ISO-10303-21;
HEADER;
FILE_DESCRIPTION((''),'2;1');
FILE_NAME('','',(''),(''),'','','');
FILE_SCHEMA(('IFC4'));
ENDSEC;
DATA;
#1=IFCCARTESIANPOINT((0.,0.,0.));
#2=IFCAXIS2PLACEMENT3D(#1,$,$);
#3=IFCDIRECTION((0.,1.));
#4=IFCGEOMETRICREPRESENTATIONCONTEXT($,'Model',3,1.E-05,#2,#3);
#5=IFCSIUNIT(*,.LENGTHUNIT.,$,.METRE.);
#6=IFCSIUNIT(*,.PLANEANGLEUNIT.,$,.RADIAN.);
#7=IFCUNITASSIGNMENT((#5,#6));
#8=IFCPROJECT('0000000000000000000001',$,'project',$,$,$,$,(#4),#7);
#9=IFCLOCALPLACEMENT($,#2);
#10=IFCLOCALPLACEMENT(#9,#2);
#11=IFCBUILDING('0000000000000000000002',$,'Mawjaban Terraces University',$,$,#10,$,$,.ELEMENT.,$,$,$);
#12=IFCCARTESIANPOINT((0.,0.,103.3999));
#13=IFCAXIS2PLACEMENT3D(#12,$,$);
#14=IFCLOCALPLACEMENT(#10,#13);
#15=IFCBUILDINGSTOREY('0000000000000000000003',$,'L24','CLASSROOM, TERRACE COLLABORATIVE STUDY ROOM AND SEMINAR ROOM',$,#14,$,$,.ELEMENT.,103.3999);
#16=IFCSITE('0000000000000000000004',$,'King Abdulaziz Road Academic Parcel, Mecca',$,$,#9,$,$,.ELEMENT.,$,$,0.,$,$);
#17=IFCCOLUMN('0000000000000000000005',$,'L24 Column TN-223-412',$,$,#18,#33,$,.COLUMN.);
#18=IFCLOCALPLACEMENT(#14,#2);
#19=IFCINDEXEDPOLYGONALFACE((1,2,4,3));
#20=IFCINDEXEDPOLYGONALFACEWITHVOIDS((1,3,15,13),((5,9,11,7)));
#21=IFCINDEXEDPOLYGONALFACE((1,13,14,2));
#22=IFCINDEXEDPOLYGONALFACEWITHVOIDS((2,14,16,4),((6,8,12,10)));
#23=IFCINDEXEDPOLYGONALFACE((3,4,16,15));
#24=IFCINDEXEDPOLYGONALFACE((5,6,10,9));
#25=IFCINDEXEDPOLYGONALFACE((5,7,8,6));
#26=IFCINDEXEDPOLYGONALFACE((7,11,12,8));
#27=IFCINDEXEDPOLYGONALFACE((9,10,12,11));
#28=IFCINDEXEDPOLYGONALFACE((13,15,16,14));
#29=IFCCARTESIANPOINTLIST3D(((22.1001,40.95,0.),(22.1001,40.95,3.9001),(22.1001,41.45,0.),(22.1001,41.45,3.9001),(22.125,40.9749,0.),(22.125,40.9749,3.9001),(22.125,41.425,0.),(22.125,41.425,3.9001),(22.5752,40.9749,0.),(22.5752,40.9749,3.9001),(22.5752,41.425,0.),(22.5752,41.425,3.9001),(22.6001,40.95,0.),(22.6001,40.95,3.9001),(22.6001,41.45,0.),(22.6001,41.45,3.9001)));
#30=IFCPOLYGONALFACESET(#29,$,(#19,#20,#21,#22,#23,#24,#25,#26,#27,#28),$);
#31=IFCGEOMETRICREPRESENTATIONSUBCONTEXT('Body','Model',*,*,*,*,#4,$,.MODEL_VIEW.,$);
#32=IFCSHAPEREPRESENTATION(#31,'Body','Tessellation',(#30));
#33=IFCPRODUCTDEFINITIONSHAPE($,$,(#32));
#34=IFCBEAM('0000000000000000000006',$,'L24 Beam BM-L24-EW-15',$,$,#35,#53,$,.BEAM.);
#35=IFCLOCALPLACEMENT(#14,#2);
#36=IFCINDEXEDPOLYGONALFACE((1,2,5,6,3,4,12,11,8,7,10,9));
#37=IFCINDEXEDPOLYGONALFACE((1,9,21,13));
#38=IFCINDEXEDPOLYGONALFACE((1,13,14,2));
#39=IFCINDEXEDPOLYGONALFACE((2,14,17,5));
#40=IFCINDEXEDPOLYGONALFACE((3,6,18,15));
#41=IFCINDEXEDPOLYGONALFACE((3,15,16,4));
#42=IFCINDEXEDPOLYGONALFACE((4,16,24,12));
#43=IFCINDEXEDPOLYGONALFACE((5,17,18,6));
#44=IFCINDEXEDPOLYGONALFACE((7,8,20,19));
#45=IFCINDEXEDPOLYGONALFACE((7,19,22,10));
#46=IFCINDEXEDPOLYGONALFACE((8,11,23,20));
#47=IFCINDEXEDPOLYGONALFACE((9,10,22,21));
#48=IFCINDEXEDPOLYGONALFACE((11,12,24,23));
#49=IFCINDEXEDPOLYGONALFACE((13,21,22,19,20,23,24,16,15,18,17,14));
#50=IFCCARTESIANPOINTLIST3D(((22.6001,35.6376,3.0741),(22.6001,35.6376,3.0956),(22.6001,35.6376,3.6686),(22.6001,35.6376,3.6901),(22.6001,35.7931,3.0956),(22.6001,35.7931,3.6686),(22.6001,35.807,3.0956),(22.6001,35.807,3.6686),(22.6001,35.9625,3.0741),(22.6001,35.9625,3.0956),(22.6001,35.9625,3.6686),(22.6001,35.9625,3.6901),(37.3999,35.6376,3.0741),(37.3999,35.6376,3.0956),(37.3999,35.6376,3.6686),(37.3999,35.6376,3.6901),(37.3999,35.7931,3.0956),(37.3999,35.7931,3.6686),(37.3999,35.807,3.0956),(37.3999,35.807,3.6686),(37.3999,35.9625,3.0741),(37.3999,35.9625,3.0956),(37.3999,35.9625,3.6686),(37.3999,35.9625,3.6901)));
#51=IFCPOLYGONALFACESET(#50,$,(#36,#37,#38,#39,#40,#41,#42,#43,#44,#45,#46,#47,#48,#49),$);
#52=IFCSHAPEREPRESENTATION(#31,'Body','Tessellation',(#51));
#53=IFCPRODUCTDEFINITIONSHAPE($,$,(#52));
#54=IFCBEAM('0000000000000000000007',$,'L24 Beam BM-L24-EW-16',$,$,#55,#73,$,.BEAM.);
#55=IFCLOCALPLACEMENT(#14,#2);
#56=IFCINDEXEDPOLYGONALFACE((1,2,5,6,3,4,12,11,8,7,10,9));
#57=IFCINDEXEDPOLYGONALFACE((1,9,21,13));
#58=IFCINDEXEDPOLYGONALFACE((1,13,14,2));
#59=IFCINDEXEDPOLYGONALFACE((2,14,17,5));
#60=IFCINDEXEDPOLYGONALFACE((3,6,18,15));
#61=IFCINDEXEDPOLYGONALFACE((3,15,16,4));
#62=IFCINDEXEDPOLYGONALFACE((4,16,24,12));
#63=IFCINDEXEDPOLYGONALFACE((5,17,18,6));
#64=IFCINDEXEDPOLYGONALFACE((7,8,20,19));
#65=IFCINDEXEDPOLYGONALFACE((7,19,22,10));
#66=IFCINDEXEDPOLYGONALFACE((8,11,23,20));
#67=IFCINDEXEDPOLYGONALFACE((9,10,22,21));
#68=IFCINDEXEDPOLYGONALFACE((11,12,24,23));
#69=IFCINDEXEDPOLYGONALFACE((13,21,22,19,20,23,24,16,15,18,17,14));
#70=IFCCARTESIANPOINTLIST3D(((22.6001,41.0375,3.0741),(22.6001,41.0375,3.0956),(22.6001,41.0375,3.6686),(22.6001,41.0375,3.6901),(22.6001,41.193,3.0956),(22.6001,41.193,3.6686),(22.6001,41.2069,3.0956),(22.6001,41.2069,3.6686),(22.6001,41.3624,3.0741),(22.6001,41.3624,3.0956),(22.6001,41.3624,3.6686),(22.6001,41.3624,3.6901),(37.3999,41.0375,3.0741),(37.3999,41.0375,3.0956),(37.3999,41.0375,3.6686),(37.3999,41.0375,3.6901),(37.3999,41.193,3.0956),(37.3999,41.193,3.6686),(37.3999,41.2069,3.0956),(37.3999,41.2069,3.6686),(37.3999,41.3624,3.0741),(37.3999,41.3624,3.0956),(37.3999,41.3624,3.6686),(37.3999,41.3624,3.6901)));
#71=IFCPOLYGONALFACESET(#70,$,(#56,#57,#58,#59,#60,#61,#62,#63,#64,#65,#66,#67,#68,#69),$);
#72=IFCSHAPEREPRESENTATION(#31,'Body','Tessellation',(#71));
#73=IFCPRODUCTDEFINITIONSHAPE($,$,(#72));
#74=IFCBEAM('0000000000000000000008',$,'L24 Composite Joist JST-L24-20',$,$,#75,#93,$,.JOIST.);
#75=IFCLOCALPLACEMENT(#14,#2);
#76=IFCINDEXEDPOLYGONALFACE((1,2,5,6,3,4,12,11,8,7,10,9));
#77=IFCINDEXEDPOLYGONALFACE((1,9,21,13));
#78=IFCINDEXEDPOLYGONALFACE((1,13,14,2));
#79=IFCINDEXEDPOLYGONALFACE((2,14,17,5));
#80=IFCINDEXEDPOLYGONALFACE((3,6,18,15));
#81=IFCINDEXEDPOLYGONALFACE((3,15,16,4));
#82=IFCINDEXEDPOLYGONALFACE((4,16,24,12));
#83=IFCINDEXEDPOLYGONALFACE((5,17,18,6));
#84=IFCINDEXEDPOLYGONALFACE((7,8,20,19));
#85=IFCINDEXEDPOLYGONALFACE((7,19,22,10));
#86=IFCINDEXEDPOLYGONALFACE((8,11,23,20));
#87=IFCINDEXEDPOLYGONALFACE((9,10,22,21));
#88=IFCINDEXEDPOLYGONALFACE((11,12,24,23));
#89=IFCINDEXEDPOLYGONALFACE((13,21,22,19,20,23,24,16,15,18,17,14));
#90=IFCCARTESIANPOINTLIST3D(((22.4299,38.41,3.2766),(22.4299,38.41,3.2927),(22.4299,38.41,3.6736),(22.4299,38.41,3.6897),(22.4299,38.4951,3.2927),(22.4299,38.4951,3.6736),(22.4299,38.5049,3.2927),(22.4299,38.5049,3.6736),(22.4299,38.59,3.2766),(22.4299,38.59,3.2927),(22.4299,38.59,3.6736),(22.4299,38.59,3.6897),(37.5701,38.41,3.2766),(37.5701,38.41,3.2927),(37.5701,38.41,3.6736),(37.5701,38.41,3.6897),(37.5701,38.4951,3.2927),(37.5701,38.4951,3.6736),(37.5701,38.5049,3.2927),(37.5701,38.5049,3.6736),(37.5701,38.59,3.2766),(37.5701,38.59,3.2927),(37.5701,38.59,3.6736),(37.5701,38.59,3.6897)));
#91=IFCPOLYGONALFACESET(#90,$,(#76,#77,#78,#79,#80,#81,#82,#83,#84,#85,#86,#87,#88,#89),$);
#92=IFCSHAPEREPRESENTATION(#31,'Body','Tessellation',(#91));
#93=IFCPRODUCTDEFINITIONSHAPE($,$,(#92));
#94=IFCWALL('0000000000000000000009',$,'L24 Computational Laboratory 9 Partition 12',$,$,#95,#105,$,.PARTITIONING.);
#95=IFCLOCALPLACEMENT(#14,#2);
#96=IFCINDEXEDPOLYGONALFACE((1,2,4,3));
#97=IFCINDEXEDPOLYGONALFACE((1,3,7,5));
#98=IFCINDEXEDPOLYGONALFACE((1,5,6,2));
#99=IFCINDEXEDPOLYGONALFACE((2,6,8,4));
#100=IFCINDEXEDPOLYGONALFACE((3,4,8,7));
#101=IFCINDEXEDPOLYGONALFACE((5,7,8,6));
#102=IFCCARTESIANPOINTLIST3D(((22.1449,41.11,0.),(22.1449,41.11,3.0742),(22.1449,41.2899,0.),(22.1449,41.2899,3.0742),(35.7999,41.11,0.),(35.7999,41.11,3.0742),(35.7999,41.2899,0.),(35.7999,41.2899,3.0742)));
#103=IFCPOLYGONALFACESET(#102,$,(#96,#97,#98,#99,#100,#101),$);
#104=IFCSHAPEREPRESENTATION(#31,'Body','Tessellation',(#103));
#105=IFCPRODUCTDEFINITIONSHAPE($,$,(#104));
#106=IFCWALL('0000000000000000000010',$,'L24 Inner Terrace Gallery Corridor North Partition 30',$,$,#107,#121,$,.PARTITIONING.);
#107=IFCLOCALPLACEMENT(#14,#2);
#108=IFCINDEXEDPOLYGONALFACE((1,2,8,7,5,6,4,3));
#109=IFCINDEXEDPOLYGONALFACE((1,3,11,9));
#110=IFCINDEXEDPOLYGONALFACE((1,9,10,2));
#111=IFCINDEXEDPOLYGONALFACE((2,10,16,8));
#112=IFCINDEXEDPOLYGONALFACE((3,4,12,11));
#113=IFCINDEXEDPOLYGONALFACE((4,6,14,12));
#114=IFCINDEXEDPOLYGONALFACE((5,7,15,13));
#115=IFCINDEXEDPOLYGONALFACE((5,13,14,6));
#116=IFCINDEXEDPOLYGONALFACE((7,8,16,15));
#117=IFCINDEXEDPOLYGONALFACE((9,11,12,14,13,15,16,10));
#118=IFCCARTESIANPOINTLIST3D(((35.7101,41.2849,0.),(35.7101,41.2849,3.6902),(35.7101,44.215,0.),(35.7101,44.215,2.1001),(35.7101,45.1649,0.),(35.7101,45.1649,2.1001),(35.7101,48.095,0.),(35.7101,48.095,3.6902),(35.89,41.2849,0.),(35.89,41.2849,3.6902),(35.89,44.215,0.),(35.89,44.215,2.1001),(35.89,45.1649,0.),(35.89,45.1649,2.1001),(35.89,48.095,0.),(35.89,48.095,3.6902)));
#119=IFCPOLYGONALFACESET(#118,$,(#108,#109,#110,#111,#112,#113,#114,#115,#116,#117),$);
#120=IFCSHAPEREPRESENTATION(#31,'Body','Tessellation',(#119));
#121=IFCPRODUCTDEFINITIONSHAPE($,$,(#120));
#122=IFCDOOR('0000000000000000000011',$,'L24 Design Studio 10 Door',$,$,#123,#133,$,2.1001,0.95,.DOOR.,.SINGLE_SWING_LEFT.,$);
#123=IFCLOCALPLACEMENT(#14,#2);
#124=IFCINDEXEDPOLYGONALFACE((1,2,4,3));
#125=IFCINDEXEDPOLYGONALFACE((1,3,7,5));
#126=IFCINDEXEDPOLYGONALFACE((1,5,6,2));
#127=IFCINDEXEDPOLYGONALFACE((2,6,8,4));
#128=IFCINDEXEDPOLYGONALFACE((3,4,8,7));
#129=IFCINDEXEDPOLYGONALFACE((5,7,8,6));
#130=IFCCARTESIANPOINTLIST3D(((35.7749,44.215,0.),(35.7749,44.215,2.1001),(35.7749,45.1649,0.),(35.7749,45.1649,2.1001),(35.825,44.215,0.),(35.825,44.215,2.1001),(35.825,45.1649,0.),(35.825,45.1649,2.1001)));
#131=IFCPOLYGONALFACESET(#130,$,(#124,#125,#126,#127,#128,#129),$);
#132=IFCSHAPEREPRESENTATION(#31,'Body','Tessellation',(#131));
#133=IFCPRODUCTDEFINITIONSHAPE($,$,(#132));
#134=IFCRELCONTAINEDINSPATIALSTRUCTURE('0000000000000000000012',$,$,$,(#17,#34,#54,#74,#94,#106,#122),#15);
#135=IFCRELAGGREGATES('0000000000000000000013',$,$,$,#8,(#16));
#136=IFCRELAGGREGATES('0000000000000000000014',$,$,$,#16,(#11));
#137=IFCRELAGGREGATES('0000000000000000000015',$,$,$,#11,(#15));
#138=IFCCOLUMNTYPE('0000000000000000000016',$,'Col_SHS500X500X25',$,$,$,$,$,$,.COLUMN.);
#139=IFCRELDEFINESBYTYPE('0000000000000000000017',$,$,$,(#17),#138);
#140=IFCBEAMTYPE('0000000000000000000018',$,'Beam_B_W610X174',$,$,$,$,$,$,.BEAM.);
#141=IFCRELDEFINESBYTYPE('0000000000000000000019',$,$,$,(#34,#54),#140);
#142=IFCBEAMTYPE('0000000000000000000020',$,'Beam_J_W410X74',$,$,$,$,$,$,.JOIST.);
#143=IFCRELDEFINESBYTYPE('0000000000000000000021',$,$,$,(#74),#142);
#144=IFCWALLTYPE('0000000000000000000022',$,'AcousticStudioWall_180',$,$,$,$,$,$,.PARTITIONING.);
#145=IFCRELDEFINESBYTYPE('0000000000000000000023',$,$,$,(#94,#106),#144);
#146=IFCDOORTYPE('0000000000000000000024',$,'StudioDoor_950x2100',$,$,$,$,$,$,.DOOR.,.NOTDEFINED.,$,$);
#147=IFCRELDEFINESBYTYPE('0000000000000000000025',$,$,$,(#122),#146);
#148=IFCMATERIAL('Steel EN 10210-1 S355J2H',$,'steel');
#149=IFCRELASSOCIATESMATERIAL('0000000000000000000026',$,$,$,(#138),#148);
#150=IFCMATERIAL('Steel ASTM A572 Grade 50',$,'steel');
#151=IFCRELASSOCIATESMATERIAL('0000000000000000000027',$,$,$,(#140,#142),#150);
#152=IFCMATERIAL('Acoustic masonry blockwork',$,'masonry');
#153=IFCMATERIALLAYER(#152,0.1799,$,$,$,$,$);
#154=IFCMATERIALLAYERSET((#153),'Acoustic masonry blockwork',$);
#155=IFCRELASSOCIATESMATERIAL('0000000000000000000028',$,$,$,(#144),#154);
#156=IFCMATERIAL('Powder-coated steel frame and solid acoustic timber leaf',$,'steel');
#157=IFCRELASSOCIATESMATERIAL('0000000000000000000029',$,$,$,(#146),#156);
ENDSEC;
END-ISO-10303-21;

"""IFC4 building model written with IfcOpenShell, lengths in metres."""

from ifc_helpers import new_model, si_unit, direction, frame, frame_2d, origin, origin_2d, place, context, subcontext, project, spatial, rectangle, hollow_rectangle, i_section, extrude, material, layer, layer_set, material_profile, profile_set, type_object, element, fill, save


model = new_model("IFC4")

# Units and contexts
model_context = context("Model", 3, precision=1e-05, world=origin(), true_north=direction((0.0, 1.0)))
body_context = subcontext(model_context, "Body", "Model", "MODEL_VIEW")
ifc_project = project(units=[si_unit("LENGTHUNIT", "METRE"), si_unit("PLANEANGLEUNIT", "RADIAN")], contexts=[model_context])

# Site, building, storey
site_placement = place(None, origin())
site = spatial("IfcSite", under=ifc_project, at=site_placement, Name="King Abdulaziz Road Academic Parcel, Mecca", CompositionType="ELEMENT", RefElevation=0.0)
building_placement = place(site_placement, origin())
building = spatial("IfcBuilding", under=site, at=building_placement, Name="Mawjaban Terraces University", CompositionType="ELEMENT")
storey_placement = place(building_placement, frame((0.0, 0.0, 103.3999)))
storey = spatial("IfcBuildingStorey", under=building, at=storey_placement, Name="L24", Description="CLASSROOM, TERRACE COLLABORATIVE STUDY ROOM AND SEMINAR ROOM", CompositionType="ELEMENT", Elevation=103.3999)

# Column
ifc_material_1 = material(Name="Steel EN 10210-1 S355J2H", Category="steel")
ifc_material_profile_1 = material_profile(ifc_material_1, hollow_rectangle(XDim=0.5, YDim=0.5, WallThickness=0.0249, at=origin_2d()), Name="SHS500X500X25")
ifc_profile_set_1 = profile_set([ifc_material_profile_1], Name="Steel EN 10210-1 S355J2H")
column_type = type_object("IfcColumnType", Name="Col_SHS500X500X25", PredefinedType="COLUMN", material=ifc_profile_set_1)
column_placement = place(storey_placement, frame((22.3501, 41.2, 0.0), z_axis=(0.0, 0.0, 1.0), x_axis=(1.0, 0.0, 0.0)))
element("IfcColumn", 1, at=column_placement, inside=storey, type_object=column_type, Name="L24 Column TN-223-412", PredefinedType="COLUMN", context=body_context, shape_type="SweptSolid", body=[
    extrude(hollow_rectangle(XDim=0.5, YDim=0.5, WallThickness=0.0249, at=origin_2d()), origin(), (0.0, 0.0, 1.0), 3.9001),
])

# Beams
ifc_material_2 = material(Name="Steel ASTM A572 Grade 50", Category="steel")
ifc_material_profile_2 = material_profile(ifc_material_2, i_section(OverallWidth=0.325, OverallDepth=0.616, WebThickness=0.0139, FlangeThickness=0.0215, at=origin_2d()), Name="W610X174")
ifc_profile_set_2 = profile_set([ifc_material_profile_2], Name="Steel ASTM A572 Grade 50")
beam_type_1 = type_object("IfcBeamType", Name="Beam_B_W610X174", PredefinedType="BEAM", material=ifc_profile_set_2)
for number, where, z_axis, x_axis, name in (
    (2, (22.6001, 35.8, 3.3821), (1.0, 0.0, 0.0), (0.0, 1.0, 0.0), "L24 Beam BM-L24-EW-15"),
    (3, (22.6001, 41.2, 3.3821), (1.0, 0.0, 0.0), (0.0, 1.0, 0.0), "L24 Beam BM-L24-EW-16"),
):
    element("IfcBeam", number, at=place(storey_placement, frame(where, z_axis=z_axis, x_axis=x_axis)), inside=storey, type_object=beam_type_1, Name=name, PredefinedType="BEAM", context=body_context, shape_type="SweptSolid", body=[
        extrude(i_section(OverallWidth=0.325, OverallDepth=0.616, WebThickness=0.0139, FlangeThickness=0.0215, at=origin_2d()), origin(), (0.0, 0.0, 1.0), 14.7998),
    ])
ifc_material_profile_3 = material_profile(ifc_material_2, i_section(OverallWidth=0.1799, OverallDepth=0.4131, WebThickness=0.0098, FlangeThickness=0.0161, at=origin_2d()), Name="W410X74")
ifc_profile_set_3 = profile_set([ifc_material_profile_3], Name="Steel ASTM A572 Grade 50")
beam_type_2 = type_object("IfcBeamType", Name="Beam_J_W410X74", PredefinedType="JOIST", material=ifc_profile_set_3)
beam_placement = place(storey_placement, frame((22.4299, 38.5, 3.4832), z_axis=(1.0, 0.0, 0.0), x_axis=(0.0, 1.0, 0.0)))
element("IfcBeam", 4, at=beam_placement, inside=storey, type_object=beam_type_2, Name="L24 Composite Joist JST-L24-20", PredefinedType="JOIST", context=body_context, shape_type="SweptSolid", body=[
    extrude(i_section(OverallWidth=0.1799, OverallDepth=0.4131, WebThickness=0.0098, FlangeThickness=0.0161, at=origin_2d()), origin(), (0.0, 0.0, 1.0), 15.1401),
])

# Wall
ifc_material_3 = material(Name="Acoustic masonry blockwork", Category="masonry")
ifc_layer_1 = layer(ifc_material_3, 0.1799)
ifc_layer_set_1 = layer_set([ifc_layer_1], Name="Acoustic masonry blockwork")
wall_type_1 = type_object("IfcWallType", Name="AcousticStudioWall_180", PredefinedType="PARTITIONING", material=ifc_layer_set_1)
wall_1_placement = place(storey_placement, frame((35.8, 41.2, 0.0), z_axis=(0.0, 0.0, 1.0), x_axis=(-1.0, 0.0, 0.0)))
element("IfcWall", 5, at=wall_1_placement, inside=storey, type_object=wall_type_1, Name="L24 Computational Laboratory 9 Partition 12", PredefinedType="PARTITIONING", context=body_context, shape_type="SweptSolid", body=[
    extrude(rectangle(XDim=13.655, YDim=0.1799, at=frame_2d((6.8276, 0.0))), origin(), (0.0, 0.0, 1.0), 3.0742),
])

# Wall, opening, door
wall_2_placement = place(storey_placement, frame((35.8, 48.095, 0.0), z_axis=(0.0, 0.0, 1.0), x_axis=(0.0, -1.0, 0.0)))
wall_2 = element("IfcWall", 6, at=wall_2_placement, inside=storey, type_object=wall_type_1, Name="L24 Inner Terrace Gallery Corridor North Partition 30", PredefinedType="PARTITIONING", context=body_context, shape_type="SweptSolid", body=[
    extrude(rectangle(XDim=6.8101, YDim=0.1799, at=frame_2d((3.405, 0.0))), origin(), (0.0, 0.0, 1.0), 3.6902),
])
opening_1_placement = place(wall_2_placement, frame((2.9299, 0.0, 0.0)))
opening_1 = element("IfcOpeningElement", 7, at=opening_1_placement, cuts=wall_2, PredefinedType="OPENING", context=body_context, shape_type="SweptSolid", body=[
    extrude(rectangle(XDim=0.95, YDim=2.1001, at=frame_2d((0.4751, 1.05))), frame((0.0, 0.0999, 0.0), z_axis=(0.0, -1.0, 0.0), x_axis=(1.0, 0.0, 0.0)), (0.0, 0.0, 1.0), 0.2),
])
ifc_material_4 = material(Name="Powder-coated steel frame and solid acoustic timber leaf", Category="steel")
door_type_1 = type_object("IfcDoorType", Name="StudioDoor_950x2100", OperationType="NOTDEFINED", PredefinedType="DOOR", material=ifc_material_4)
door_1_placement = place(opening_1_placement, origin())
door_1 = element("IfcDoor", 8, at=door_1_placement, inside=storey, type_object=door_type_1, Name="L24 Design Studio 10 Door", OperationType="SINGLE_SWING_LEFT", OverallHeight=2.1001, OverallWidth=0.95, PredefinedType="DOOR", context=body_context, shape_type="SweptSolid", body=[
    extrude(rectangle(XDim=0.95, YDim=2.1001, at=frame_2d((0.4751, 1.05))), frame((0.0, 0.0249, 0.0), z_axis=(0.0, -1.0, 0.0), x_axis=(1.0, 0.0, 0.0)), (0.0, 0.0, 1.0), 0.05),
])
fill(opening_1, door_1)

save(model, "model.ifc")
